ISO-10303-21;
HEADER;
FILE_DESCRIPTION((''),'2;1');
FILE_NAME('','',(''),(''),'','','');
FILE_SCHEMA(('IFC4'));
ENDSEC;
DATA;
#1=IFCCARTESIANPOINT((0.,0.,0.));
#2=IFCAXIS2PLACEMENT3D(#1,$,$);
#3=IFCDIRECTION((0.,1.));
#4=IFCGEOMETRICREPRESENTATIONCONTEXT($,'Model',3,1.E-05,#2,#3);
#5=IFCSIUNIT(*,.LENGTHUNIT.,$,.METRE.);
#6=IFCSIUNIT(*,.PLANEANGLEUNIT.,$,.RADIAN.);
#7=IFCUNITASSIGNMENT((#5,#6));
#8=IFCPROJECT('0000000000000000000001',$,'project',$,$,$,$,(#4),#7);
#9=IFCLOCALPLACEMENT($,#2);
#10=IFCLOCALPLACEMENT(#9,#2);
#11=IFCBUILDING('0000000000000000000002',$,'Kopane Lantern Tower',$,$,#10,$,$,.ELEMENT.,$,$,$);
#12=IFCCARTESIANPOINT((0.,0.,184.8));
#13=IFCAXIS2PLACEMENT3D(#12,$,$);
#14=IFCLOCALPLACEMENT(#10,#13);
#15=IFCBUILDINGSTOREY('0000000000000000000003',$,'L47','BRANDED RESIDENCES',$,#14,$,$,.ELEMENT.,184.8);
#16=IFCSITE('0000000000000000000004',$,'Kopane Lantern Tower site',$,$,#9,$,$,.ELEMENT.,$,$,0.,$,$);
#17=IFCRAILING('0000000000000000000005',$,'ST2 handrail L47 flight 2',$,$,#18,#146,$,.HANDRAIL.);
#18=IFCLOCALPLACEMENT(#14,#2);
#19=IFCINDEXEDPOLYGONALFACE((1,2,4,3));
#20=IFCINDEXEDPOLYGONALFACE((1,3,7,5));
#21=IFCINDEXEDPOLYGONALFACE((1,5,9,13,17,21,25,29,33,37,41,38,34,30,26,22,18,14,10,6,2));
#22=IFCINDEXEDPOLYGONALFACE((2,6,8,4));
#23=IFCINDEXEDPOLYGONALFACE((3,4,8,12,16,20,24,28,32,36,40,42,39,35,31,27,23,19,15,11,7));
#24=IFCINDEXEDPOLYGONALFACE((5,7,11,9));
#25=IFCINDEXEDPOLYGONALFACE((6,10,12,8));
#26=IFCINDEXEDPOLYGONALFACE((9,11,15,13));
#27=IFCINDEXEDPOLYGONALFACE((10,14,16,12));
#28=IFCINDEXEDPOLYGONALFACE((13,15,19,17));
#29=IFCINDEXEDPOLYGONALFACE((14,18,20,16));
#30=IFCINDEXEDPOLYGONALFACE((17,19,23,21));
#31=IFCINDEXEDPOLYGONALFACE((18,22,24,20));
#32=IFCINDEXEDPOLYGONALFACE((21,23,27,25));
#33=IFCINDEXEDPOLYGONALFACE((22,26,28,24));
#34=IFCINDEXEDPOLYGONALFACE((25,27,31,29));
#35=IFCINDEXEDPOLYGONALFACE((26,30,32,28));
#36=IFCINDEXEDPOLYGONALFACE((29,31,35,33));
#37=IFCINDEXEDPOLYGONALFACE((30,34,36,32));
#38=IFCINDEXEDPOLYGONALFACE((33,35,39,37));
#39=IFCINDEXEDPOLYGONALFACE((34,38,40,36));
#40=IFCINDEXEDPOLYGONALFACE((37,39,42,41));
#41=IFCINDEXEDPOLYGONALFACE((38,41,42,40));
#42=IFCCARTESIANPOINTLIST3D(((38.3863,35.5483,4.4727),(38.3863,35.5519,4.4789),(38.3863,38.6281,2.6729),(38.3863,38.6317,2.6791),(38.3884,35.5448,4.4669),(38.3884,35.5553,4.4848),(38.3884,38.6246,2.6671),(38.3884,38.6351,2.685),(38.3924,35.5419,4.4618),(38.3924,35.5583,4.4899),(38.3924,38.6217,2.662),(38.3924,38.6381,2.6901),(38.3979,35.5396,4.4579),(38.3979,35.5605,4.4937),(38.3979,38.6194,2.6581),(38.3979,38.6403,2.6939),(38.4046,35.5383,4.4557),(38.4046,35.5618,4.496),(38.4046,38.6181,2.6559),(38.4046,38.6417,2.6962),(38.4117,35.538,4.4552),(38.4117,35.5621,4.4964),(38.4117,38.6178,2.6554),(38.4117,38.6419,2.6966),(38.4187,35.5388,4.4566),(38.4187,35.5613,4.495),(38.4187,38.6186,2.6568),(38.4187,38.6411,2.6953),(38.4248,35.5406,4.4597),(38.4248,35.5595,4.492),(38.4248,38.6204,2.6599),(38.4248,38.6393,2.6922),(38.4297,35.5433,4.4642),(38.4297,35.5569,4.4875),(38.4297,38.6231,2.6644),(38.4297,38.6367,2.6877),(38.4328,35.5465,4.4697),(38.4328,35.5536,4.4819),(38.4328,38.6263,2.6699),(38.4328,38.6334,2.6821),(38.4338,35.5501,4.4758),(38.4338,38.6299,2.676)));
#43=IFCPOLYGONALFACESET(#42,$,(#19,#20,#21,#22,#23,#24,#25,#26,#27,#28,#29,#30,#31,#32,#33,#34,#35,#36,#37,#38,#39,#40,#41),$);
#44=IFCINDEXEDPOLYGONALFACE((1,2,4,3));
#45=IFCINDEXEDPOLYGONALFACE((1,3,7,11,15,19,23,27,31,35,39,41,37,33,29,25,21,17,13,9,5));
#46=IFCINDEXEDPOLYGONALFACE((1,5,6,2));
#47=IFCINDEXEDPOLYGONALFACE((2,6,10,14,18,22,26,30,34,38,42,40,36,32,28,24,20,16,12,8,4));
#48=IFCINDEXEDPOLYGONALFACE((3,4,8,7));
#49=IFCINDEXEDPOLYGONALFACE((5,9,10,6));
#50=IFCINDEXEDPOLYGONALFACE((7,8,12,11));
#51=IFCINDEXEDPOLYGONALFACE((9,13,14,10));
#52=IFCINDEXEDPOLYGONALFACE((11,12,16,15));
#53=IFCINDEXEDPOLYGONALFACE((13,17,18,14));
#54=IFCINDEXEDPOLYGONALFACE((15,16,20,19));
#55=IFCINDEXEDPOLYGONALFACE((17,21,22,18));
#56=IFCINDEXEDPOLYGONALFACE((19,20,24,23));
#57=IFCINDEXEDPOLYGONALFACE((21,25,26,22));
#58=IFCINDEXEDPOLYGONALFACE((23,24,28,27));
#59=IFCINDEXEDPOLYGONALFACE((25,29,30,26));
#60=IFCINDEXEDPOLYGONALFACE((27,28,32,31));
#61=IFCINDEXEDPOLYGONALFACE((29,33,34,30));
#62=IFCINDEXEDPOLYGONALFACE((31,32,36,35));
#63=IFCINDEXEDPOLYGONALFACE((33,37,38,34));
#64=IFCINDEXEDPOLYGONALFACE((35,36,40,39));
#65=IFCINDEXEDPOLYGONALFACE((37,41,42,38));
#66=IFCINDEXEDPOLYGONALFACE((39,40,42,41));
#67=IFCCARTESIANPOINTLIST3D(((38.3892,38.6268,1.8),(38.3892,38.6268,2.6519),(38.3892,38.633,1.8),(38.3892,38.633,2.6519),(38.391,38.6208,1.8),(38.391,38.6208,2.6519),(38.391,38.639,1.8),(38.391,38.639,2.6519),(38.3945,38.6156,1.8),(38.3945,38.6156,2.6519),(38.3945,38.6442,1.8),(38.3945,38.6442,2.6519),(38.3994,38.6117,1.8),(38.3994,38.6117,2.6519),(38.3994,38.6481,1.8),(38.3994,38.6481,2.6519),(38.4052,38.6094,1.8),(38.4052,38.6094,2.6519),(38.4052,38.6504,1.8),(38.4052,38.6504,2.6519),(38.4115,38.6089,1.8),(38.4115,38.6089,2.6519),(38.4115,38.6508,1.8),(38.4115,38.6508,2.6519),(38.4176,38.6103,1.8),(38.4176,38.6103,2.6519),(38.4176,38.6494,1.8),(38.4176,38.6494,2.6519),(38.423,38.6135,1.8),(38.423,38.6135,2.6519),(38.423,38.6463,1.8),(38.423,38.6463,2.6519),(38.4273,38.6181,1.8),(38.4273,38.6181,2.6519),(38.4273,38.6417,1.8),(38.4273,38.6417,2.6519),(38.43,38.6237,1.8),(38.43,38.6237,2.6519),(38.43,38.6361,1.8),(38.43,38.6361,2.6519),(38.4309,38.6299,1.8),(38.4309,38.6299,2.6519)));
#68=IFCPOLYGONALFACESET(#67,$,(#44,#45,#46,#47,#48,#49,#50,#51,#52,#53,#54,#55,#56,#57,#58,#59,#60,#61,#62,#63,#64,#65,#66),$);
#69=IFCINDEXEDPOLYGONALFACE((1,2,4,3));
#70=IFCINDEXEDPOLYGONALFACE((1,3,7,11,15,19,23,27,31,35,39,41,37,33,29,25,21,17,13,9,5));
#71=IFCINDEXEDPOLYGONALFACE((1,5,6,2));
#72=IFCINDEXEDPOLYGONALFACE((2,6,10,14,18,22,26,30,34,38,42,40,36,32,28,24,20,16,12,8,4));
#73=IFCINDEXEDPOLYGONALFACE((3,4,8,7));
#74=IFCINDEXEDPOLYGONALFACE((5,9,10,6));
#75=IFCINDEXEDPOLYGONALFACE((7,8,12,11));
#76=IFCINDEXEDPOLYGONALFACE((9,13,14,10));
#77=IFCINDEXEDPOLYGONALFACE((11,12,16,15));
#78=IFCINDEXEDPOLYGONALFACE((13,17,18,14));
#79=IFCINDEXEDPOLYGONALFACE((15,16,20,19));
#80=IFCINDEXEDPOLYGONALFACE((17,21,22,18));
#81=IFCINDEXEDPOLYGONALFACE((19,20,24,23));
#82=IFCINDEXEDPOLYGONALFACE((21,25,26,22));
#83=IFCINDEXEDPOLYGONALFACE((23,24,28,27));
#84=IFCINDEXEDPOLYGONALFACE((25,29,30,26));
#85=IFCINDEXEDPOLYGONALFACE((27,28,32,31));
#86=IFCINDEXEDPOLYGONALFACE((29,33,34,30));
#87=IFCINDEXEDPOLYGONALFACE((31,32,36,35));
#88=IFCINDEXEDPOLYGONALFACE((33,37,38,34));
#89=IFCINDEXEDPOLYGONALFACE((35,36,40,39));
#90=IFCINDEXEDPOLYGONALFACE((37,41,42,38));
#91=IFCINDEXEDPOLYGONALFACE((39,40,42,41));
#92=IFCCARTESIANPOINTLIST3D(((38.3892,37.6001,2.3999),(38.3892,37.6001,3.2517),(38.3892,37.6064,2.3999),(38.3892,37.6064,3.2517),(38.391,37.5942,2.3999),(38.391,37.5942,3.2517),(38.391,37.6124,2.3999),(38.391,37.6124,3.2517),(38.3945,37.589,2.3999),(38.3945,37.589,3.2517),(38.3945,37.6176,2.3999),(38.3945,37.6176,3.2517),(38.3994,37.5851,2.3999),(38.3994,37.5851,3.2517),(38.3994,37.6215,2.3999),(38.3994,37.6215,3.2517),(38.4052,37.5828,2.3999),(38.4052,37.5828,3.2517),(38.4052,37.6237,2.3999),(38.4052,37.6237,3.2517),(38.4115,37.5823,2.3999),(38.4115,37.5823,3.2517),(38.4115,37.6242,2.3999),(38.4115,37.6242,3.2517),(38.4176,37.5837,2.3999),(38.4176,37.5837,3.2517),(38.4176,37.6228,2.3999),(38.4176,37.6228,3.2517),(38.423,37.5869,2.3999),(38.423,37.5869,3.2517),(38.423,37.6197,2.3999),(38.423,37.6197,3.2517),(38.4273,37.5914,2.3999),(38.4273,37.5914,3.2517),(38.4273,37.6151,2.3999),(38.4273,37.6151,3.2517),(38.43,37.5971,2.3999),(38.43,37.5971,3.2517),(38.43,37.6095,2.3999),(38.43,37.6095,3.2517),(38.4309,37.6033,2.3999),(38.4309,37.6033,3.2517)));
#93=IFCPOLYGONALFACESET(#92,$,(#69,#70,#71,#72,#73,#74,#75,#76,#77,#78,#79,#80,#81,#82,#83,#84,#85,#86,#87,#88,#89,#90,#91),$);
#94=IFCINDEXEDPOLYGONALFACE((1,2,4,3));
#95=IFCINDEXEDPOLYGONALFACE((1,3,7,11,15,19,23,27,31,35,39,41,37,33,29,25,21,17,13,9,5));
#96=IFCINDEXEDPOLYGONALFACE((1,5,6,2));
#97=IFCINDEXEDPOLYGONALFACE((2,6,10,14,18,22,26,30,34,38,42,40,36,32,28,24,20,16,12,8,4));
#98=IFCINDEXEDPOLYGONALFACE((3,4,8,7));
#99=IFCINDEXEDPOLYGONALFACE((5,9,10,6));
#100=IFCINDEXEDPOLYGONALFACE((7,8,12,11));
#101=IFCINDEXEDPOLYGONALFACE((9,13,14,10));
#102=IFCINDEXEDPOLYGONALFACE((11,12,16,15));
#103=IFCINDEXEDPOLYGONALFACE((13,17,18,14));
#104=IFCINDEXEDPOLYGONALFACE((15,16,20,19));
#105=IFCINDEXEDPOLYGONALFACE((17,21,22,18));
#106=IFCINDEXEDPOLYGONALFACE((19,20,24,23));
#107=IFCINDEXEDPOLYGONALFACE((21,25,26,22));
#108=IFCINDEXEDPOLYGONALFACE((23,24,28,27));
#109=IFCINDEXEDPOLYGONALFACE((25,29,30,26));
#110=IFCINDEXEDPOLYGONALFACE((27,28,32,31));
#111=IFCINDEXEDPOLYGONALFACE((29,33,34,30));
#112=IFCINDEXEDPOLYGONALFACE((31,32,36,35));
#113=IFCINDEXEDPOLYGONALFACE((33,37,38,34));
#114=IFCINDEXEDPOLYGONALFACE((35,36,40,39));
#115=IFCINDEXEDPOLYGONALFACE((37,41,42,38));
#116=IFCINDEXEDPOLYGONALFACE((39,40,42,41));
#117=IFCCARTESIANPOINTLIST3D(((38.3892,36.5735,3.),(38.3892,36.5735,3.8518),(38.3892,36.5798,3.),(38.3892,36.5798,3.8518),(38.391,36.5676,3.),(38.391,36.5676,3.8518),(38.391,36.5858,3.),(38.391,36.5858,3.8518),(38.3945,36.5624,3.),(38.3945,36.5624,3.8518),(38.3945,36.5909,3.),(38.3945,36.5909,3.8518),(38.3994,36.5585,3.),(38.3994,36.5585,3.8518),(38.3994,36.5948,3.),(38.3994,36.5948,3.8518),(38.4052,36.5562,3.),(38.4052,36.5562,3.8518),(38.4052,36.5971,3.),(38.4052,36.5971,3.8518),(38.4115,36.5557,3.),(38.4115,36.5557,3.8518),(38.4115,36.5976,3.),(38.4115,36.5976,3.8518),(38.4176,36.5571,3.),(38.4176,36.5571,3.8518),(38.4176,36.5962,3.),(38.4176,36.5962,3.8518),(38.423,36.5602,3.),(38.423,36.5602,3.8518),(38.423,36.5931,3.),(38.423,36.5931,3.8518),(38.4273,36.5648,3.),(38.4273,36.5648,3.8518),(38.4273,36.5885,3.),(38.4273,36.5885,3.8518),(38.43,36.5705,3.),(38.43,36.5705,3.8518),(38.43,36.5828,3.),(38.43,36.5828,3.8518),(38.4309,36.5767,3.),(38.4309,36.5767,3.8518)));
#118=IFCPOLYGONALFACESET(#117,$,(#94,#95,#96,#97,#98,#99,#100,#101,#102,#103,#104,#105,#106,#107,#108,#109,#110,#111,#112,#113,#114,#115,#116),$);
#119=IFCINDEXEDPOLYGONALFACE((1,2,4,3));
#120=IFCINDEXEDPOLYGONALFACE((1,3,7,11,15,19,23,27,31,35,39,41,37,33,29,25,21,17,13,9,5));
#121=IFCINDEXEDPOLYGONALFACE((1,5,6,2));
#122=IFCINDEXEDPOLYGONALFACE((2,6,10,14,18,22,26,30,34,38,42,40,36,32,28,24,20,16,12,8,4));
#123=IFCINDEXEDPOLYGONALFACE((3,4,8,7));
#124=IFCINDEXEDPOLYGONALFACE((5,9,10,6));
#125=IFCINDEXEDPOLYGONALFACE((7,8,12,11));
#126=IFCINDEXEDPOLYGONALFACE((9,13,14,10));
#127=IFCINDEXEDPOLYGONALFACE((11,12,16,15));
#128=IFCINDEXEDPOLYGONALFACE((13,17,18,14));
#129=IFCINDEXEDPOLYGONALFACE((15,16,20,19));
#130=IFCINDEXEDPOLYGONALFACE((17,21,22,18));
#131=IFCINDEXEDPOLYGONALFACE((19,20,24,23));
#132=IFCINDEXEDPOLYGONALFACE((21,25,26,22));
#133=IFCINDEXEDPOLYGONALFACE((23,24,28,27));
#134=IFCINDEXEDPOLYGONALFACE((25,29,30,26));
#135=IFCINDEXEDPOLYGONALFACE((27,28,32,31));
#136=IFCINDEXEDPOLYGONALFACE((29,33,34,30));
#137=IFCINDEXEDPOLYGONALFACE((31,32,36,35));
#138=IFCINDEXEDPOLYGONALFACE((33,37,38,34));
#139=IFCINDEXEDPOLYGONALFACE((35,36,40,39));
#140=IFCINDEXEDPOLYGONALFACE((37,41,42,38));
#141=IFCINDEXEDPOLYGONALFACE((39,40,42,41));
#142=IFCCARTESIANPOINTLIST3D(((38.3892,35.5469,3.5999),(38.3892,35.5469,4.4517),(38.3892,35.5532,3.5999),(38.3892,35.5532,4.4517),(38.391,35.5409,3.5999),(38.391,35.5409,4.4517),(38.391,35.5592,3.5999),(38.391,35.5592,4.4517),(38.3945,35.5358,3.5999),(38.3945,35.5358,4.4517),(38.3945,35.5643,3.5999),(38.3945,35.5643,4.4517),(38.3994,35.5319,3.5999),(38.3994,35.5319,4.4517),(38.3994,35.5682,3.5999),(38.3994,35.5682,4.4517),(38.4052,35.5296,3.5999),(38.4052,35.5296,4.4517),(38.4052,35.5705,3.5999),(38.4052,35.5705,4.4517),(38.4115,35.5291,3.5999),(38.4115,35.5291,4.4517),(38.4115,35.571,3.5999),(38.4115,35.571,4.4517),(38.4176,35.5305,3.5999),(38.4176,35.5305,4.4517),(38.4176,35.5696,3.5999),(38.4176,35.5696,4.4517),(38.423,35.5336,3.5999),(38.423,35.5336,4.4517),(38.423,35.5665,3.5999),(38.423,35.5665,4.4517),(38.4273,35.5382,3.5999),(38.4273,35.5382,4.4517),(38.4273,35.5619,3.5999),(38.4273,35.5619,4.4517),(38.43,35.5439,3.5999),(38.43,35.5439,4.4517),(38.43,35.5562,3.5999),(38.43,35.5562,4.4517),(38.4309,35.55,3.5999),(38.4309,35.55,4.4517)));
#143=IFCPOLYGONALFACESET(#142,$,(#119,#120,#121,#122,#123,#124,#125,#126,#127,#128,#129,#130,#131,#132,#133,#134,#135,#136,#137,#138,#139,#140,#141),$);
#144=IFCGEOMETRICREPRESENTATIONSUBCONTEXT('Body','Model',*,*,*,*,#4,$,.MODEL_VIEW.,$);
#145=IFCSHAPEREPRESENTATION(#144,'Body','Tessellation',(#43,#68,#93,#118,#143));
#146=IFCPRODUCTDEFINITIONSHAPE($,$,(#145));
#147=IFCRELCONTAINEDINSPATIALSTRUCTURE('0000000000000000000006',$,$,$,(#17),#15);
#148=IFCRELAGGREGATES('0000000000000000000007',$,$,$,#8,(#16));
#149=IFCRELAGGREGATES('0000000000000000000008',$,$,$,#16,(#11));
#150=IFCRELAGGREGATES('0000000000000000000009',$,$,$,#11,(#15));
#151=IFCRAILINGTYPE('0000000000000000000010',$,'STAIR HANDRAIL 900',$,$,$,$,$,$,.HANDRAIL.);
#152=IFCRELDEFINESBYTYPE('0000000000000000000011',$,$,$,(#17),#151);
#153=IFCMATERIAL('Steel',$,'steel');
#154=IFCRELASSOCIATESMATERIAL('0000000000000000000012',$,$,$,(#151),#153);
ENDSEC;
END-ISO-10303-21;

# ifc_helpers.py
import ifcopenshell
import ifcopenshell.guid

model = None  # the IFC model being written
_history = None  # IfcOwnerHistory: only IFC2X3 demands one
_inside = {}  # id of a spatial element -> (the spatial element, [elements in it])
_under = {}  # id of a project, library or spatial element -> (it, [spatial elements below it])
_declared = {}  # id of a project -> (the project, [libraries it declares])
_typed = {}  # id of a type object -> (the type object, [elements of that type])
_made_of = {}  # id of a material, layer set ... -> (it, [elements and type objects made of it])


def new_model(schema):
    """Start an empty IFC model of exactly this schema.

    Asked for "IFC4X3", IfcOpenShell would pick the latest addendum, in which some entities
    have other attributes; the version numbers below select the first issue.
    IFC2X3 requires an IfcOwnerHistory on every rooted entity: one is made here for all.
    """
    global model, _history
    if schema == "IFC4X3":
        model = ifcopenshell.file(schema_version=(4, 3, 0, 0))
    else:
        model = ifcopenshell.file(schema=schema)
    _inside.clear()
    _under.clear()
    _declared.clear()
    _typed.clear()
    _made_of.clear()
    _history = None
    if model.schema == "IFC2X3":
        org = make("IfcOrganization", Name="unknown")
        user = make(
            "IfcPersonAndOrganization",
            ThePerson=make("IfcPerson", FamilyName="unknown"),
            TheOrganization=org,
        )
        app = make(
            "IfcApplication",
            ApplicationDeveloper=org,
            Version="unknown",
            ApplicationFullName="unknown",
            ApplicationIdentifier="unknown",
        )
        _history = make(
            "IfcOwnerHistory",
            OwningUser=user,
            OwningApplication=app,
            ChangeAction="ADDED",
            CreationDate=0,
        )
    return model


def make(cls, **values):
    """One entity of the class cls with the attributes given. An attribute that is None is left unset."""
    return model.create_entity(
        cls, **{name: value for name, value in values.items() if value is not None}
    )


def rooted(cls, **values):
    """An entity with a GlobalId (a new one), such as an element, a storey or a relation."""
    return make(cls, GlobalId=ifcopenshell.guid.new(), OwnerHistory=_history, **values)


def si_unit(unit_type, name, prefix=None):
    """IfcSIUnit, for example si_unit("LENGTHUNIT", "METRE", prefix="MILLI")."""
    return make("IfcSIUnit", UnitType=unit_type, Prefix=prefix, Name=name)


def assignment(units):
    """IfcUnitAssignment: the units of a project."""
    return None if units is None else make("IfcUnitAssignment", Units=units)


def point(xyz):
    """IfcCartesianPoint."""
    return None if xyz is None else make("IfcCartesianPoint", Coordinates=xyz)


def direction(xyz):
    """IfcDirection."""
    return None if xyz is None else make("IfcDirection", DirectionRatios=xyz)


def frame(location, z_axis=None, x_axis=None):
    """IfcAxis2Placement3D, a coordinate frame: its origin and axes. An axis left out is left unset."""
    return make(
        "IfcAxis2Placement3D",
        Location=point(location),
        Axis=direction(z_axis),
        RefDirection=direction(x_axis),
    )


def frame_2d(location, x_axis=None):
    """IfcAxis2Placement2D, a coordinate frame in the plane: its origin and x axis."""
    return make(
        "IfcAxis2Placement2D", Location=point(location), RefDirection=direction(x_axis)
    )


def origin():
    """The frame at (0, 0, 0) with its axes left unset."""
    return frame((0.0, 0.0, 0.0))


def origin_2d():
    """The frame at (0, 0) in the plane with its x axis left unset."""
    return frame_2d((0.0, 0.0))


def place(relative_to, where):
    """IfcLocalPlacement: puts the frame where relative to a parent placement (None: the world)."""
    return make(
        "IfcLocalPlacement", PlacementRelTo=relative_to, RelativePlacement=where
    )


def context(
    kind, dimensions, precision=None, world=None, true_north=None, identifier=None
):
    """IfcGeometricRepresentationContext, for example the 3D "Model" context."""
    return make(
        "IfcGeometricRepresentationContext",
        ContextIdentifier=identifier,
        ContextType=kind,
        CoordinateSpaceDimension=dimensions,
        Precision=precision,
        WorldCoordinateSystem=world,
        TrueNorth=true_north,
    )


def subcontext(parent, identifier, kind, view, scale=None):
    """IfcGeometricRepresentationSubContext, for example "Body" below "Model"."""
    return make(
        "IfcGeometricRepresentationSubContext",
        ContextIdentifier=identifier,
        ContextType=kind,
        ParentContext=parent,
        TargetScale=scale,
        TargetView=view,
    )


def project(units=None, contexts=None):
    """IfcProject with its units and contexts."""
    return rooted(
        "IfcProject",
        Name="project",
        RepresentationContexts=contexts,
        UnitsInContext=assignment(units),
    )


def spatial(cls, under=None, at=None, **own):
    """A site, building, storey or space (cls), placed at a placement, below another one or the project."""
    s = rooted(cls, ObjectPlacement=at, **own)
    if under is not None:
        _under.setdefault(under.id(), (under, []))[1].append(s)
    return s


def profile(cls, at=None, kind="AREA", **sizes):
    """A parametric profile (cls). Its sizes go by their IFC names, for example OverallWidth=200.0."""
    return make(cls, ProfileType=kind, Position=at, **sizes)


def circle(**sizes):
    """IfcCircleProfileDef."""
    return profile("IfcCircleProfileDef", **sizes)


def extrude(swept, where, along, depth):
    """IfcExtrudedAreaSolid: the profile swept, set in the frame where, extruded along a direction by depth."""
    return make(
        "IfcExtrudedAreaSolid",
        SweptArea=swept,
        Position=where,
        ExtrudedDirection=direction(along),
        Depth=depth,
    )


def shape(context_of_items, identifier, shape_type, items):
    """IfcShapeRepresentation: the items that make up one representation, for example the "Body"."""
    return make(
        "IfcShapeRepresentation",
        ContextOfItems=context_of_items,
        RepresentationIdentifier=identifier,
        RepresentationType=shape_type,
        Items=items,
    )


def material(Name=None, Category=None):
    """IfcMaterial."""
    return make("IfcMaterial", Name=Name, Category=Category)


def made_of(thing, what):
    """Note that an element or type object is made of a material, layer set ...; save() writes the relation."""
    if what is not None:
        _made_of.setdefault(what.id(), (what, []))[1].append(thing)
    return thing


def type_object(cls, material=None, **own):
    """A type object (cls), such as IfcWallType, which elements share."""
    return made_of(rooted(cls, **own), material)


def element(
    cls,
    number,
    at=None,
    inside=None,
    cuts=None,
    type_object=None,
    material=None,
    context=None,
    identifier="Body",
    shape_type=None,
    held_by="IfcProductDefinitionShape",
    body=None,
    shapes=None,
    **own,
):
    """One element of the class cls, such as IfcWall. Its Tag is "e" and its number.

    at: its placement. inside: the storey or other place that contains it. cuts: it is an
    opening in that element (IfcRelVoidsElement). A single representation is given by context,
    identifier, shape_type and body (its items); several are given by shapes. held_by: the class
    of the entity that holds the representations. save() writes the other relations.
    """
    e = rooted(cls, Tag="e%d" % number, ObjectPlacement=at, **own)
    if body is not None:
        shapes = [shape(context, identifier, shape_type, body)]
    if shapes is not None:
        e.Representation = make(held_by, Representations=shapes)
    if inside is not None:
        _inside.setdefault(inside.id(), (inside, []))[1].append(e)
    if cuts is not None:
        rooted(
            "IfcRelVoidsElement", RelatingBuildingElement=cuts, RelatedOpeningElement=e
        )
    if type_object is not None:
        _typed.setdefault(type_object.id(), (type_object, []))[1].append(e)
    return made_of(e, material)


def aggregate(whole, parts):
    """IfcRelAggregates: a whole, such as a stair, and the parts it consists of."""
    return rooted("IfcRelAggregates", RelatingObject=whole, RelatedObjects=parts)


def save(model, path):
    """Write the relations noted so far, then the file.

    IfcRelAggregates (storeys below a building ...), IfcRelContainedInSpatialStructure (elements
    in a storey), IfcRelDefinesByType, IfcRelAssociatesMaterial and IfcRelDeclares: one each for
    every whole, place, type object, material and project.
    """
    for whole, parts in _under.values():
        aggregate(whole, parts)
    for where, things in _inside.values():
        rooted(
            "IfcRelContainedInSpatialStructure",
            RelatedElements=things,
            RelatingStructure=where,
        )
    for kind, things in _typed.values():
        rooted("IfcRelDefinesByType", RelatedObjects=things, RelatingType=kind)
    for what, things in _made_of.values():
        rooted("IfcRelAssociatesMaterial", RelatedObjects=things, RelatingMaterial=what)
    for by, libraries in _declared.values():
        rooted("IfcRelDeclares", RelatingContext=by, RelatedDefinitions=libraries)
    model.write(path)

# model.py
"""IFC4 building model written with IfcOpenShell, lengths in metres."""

from ifc_helpers import new_model, si_unit, direction, frame, origin, origin_2d, place, context, subcontext, project, spatial, circle, extrude, material, type_object, element, save


model = new_model("IFC4")

# Units and contexts
model_context = context("Model", 3, precision=1e-05, world=origin(), true_north=direction((0.0, 1.0)))
body_context = subcontext(model_context, "Body", "Model", "MODEL_VIEW")
ifc_project = project(units=[si_unit("LENGTHUNIT", "METRE"), si_unit("PLANEANGLEUNIT", "RADIAN")], contexts=[model_context])

# Site, building, storey
site_placement = place(None, origin())
site = spatial("IfcSite", under=ifc_project, at=site_placement, Name="Kopane Lantern Tower site", CompositionType="ELEMENT", RefElevation=0.0)
building_placement = place(site_placement, origin())
building = spatial("IfcBuilding", under=site, at=building_placement, Name="Kopane Lantern Tower", CompositionType="ELEMENT")
storey_placement = place(building_placement, frame((0.0, 0.0, 184.8)))
storey = spatial("IfcBuildingStorey", under=building, at=storey_placement, Name="L47", Description="BRANDED RESIDENCES", CompositionType="ELEMENT", Elevation=184.8)

# Railing
ifc_material_1 = material(Name="Steel", Category="steel")
railing_type_1 = type_object("IfcRailingType", Name="STAIR HANDRAIL 900", PredefinedType="HANDRAIL", material=ifc_material_1)
for number, where, name in (
    (1, (38.4099, 38.6299, 1.8), "ST2 handrail L47 flight 2"),
):
    element("IfcRailing", number, at=place(storey_placement, frame(where)), inside=storey, type_object=railing_type_1, Name=name, PredefinedType="HANDRAIL", context=body_context, shape_type="SweptSolid", body=[
        extrude(circle(Radius=0.0239, at=origin_2d()), frame((0.0, 0.0, 0.876), z_axis=(0.0, -0.863384, 0.504547), x_axis=(1.0, 0.0, 0.0)), (0.0, 0.0, 1.0), 3.5671),
        extrude(circle(Radius=0.021, at=origin_2d()), origin(), (0.0, 0.0, 1.0), 0.8518),
        extrude(circle(Radius=0.021, at=origin_2d()), frame((0.0, -1.0266, 0.5999)), (0.0, 0.0, 1.0), 0.8518),
        extrude(circle(Radius=0.021, at=origin_2d()), frame((0.0, -2.0532, 1.2)), (0.0, 0.0, 1.0), 0.8518),
        extrude(circle(Radius=0.021, at=origin_2d()), frame((0.0, -3.0798, 1.7998)), (0.0, 0.0, 1.0), 0.8518),
    ])

save(model, "model.ifc")
